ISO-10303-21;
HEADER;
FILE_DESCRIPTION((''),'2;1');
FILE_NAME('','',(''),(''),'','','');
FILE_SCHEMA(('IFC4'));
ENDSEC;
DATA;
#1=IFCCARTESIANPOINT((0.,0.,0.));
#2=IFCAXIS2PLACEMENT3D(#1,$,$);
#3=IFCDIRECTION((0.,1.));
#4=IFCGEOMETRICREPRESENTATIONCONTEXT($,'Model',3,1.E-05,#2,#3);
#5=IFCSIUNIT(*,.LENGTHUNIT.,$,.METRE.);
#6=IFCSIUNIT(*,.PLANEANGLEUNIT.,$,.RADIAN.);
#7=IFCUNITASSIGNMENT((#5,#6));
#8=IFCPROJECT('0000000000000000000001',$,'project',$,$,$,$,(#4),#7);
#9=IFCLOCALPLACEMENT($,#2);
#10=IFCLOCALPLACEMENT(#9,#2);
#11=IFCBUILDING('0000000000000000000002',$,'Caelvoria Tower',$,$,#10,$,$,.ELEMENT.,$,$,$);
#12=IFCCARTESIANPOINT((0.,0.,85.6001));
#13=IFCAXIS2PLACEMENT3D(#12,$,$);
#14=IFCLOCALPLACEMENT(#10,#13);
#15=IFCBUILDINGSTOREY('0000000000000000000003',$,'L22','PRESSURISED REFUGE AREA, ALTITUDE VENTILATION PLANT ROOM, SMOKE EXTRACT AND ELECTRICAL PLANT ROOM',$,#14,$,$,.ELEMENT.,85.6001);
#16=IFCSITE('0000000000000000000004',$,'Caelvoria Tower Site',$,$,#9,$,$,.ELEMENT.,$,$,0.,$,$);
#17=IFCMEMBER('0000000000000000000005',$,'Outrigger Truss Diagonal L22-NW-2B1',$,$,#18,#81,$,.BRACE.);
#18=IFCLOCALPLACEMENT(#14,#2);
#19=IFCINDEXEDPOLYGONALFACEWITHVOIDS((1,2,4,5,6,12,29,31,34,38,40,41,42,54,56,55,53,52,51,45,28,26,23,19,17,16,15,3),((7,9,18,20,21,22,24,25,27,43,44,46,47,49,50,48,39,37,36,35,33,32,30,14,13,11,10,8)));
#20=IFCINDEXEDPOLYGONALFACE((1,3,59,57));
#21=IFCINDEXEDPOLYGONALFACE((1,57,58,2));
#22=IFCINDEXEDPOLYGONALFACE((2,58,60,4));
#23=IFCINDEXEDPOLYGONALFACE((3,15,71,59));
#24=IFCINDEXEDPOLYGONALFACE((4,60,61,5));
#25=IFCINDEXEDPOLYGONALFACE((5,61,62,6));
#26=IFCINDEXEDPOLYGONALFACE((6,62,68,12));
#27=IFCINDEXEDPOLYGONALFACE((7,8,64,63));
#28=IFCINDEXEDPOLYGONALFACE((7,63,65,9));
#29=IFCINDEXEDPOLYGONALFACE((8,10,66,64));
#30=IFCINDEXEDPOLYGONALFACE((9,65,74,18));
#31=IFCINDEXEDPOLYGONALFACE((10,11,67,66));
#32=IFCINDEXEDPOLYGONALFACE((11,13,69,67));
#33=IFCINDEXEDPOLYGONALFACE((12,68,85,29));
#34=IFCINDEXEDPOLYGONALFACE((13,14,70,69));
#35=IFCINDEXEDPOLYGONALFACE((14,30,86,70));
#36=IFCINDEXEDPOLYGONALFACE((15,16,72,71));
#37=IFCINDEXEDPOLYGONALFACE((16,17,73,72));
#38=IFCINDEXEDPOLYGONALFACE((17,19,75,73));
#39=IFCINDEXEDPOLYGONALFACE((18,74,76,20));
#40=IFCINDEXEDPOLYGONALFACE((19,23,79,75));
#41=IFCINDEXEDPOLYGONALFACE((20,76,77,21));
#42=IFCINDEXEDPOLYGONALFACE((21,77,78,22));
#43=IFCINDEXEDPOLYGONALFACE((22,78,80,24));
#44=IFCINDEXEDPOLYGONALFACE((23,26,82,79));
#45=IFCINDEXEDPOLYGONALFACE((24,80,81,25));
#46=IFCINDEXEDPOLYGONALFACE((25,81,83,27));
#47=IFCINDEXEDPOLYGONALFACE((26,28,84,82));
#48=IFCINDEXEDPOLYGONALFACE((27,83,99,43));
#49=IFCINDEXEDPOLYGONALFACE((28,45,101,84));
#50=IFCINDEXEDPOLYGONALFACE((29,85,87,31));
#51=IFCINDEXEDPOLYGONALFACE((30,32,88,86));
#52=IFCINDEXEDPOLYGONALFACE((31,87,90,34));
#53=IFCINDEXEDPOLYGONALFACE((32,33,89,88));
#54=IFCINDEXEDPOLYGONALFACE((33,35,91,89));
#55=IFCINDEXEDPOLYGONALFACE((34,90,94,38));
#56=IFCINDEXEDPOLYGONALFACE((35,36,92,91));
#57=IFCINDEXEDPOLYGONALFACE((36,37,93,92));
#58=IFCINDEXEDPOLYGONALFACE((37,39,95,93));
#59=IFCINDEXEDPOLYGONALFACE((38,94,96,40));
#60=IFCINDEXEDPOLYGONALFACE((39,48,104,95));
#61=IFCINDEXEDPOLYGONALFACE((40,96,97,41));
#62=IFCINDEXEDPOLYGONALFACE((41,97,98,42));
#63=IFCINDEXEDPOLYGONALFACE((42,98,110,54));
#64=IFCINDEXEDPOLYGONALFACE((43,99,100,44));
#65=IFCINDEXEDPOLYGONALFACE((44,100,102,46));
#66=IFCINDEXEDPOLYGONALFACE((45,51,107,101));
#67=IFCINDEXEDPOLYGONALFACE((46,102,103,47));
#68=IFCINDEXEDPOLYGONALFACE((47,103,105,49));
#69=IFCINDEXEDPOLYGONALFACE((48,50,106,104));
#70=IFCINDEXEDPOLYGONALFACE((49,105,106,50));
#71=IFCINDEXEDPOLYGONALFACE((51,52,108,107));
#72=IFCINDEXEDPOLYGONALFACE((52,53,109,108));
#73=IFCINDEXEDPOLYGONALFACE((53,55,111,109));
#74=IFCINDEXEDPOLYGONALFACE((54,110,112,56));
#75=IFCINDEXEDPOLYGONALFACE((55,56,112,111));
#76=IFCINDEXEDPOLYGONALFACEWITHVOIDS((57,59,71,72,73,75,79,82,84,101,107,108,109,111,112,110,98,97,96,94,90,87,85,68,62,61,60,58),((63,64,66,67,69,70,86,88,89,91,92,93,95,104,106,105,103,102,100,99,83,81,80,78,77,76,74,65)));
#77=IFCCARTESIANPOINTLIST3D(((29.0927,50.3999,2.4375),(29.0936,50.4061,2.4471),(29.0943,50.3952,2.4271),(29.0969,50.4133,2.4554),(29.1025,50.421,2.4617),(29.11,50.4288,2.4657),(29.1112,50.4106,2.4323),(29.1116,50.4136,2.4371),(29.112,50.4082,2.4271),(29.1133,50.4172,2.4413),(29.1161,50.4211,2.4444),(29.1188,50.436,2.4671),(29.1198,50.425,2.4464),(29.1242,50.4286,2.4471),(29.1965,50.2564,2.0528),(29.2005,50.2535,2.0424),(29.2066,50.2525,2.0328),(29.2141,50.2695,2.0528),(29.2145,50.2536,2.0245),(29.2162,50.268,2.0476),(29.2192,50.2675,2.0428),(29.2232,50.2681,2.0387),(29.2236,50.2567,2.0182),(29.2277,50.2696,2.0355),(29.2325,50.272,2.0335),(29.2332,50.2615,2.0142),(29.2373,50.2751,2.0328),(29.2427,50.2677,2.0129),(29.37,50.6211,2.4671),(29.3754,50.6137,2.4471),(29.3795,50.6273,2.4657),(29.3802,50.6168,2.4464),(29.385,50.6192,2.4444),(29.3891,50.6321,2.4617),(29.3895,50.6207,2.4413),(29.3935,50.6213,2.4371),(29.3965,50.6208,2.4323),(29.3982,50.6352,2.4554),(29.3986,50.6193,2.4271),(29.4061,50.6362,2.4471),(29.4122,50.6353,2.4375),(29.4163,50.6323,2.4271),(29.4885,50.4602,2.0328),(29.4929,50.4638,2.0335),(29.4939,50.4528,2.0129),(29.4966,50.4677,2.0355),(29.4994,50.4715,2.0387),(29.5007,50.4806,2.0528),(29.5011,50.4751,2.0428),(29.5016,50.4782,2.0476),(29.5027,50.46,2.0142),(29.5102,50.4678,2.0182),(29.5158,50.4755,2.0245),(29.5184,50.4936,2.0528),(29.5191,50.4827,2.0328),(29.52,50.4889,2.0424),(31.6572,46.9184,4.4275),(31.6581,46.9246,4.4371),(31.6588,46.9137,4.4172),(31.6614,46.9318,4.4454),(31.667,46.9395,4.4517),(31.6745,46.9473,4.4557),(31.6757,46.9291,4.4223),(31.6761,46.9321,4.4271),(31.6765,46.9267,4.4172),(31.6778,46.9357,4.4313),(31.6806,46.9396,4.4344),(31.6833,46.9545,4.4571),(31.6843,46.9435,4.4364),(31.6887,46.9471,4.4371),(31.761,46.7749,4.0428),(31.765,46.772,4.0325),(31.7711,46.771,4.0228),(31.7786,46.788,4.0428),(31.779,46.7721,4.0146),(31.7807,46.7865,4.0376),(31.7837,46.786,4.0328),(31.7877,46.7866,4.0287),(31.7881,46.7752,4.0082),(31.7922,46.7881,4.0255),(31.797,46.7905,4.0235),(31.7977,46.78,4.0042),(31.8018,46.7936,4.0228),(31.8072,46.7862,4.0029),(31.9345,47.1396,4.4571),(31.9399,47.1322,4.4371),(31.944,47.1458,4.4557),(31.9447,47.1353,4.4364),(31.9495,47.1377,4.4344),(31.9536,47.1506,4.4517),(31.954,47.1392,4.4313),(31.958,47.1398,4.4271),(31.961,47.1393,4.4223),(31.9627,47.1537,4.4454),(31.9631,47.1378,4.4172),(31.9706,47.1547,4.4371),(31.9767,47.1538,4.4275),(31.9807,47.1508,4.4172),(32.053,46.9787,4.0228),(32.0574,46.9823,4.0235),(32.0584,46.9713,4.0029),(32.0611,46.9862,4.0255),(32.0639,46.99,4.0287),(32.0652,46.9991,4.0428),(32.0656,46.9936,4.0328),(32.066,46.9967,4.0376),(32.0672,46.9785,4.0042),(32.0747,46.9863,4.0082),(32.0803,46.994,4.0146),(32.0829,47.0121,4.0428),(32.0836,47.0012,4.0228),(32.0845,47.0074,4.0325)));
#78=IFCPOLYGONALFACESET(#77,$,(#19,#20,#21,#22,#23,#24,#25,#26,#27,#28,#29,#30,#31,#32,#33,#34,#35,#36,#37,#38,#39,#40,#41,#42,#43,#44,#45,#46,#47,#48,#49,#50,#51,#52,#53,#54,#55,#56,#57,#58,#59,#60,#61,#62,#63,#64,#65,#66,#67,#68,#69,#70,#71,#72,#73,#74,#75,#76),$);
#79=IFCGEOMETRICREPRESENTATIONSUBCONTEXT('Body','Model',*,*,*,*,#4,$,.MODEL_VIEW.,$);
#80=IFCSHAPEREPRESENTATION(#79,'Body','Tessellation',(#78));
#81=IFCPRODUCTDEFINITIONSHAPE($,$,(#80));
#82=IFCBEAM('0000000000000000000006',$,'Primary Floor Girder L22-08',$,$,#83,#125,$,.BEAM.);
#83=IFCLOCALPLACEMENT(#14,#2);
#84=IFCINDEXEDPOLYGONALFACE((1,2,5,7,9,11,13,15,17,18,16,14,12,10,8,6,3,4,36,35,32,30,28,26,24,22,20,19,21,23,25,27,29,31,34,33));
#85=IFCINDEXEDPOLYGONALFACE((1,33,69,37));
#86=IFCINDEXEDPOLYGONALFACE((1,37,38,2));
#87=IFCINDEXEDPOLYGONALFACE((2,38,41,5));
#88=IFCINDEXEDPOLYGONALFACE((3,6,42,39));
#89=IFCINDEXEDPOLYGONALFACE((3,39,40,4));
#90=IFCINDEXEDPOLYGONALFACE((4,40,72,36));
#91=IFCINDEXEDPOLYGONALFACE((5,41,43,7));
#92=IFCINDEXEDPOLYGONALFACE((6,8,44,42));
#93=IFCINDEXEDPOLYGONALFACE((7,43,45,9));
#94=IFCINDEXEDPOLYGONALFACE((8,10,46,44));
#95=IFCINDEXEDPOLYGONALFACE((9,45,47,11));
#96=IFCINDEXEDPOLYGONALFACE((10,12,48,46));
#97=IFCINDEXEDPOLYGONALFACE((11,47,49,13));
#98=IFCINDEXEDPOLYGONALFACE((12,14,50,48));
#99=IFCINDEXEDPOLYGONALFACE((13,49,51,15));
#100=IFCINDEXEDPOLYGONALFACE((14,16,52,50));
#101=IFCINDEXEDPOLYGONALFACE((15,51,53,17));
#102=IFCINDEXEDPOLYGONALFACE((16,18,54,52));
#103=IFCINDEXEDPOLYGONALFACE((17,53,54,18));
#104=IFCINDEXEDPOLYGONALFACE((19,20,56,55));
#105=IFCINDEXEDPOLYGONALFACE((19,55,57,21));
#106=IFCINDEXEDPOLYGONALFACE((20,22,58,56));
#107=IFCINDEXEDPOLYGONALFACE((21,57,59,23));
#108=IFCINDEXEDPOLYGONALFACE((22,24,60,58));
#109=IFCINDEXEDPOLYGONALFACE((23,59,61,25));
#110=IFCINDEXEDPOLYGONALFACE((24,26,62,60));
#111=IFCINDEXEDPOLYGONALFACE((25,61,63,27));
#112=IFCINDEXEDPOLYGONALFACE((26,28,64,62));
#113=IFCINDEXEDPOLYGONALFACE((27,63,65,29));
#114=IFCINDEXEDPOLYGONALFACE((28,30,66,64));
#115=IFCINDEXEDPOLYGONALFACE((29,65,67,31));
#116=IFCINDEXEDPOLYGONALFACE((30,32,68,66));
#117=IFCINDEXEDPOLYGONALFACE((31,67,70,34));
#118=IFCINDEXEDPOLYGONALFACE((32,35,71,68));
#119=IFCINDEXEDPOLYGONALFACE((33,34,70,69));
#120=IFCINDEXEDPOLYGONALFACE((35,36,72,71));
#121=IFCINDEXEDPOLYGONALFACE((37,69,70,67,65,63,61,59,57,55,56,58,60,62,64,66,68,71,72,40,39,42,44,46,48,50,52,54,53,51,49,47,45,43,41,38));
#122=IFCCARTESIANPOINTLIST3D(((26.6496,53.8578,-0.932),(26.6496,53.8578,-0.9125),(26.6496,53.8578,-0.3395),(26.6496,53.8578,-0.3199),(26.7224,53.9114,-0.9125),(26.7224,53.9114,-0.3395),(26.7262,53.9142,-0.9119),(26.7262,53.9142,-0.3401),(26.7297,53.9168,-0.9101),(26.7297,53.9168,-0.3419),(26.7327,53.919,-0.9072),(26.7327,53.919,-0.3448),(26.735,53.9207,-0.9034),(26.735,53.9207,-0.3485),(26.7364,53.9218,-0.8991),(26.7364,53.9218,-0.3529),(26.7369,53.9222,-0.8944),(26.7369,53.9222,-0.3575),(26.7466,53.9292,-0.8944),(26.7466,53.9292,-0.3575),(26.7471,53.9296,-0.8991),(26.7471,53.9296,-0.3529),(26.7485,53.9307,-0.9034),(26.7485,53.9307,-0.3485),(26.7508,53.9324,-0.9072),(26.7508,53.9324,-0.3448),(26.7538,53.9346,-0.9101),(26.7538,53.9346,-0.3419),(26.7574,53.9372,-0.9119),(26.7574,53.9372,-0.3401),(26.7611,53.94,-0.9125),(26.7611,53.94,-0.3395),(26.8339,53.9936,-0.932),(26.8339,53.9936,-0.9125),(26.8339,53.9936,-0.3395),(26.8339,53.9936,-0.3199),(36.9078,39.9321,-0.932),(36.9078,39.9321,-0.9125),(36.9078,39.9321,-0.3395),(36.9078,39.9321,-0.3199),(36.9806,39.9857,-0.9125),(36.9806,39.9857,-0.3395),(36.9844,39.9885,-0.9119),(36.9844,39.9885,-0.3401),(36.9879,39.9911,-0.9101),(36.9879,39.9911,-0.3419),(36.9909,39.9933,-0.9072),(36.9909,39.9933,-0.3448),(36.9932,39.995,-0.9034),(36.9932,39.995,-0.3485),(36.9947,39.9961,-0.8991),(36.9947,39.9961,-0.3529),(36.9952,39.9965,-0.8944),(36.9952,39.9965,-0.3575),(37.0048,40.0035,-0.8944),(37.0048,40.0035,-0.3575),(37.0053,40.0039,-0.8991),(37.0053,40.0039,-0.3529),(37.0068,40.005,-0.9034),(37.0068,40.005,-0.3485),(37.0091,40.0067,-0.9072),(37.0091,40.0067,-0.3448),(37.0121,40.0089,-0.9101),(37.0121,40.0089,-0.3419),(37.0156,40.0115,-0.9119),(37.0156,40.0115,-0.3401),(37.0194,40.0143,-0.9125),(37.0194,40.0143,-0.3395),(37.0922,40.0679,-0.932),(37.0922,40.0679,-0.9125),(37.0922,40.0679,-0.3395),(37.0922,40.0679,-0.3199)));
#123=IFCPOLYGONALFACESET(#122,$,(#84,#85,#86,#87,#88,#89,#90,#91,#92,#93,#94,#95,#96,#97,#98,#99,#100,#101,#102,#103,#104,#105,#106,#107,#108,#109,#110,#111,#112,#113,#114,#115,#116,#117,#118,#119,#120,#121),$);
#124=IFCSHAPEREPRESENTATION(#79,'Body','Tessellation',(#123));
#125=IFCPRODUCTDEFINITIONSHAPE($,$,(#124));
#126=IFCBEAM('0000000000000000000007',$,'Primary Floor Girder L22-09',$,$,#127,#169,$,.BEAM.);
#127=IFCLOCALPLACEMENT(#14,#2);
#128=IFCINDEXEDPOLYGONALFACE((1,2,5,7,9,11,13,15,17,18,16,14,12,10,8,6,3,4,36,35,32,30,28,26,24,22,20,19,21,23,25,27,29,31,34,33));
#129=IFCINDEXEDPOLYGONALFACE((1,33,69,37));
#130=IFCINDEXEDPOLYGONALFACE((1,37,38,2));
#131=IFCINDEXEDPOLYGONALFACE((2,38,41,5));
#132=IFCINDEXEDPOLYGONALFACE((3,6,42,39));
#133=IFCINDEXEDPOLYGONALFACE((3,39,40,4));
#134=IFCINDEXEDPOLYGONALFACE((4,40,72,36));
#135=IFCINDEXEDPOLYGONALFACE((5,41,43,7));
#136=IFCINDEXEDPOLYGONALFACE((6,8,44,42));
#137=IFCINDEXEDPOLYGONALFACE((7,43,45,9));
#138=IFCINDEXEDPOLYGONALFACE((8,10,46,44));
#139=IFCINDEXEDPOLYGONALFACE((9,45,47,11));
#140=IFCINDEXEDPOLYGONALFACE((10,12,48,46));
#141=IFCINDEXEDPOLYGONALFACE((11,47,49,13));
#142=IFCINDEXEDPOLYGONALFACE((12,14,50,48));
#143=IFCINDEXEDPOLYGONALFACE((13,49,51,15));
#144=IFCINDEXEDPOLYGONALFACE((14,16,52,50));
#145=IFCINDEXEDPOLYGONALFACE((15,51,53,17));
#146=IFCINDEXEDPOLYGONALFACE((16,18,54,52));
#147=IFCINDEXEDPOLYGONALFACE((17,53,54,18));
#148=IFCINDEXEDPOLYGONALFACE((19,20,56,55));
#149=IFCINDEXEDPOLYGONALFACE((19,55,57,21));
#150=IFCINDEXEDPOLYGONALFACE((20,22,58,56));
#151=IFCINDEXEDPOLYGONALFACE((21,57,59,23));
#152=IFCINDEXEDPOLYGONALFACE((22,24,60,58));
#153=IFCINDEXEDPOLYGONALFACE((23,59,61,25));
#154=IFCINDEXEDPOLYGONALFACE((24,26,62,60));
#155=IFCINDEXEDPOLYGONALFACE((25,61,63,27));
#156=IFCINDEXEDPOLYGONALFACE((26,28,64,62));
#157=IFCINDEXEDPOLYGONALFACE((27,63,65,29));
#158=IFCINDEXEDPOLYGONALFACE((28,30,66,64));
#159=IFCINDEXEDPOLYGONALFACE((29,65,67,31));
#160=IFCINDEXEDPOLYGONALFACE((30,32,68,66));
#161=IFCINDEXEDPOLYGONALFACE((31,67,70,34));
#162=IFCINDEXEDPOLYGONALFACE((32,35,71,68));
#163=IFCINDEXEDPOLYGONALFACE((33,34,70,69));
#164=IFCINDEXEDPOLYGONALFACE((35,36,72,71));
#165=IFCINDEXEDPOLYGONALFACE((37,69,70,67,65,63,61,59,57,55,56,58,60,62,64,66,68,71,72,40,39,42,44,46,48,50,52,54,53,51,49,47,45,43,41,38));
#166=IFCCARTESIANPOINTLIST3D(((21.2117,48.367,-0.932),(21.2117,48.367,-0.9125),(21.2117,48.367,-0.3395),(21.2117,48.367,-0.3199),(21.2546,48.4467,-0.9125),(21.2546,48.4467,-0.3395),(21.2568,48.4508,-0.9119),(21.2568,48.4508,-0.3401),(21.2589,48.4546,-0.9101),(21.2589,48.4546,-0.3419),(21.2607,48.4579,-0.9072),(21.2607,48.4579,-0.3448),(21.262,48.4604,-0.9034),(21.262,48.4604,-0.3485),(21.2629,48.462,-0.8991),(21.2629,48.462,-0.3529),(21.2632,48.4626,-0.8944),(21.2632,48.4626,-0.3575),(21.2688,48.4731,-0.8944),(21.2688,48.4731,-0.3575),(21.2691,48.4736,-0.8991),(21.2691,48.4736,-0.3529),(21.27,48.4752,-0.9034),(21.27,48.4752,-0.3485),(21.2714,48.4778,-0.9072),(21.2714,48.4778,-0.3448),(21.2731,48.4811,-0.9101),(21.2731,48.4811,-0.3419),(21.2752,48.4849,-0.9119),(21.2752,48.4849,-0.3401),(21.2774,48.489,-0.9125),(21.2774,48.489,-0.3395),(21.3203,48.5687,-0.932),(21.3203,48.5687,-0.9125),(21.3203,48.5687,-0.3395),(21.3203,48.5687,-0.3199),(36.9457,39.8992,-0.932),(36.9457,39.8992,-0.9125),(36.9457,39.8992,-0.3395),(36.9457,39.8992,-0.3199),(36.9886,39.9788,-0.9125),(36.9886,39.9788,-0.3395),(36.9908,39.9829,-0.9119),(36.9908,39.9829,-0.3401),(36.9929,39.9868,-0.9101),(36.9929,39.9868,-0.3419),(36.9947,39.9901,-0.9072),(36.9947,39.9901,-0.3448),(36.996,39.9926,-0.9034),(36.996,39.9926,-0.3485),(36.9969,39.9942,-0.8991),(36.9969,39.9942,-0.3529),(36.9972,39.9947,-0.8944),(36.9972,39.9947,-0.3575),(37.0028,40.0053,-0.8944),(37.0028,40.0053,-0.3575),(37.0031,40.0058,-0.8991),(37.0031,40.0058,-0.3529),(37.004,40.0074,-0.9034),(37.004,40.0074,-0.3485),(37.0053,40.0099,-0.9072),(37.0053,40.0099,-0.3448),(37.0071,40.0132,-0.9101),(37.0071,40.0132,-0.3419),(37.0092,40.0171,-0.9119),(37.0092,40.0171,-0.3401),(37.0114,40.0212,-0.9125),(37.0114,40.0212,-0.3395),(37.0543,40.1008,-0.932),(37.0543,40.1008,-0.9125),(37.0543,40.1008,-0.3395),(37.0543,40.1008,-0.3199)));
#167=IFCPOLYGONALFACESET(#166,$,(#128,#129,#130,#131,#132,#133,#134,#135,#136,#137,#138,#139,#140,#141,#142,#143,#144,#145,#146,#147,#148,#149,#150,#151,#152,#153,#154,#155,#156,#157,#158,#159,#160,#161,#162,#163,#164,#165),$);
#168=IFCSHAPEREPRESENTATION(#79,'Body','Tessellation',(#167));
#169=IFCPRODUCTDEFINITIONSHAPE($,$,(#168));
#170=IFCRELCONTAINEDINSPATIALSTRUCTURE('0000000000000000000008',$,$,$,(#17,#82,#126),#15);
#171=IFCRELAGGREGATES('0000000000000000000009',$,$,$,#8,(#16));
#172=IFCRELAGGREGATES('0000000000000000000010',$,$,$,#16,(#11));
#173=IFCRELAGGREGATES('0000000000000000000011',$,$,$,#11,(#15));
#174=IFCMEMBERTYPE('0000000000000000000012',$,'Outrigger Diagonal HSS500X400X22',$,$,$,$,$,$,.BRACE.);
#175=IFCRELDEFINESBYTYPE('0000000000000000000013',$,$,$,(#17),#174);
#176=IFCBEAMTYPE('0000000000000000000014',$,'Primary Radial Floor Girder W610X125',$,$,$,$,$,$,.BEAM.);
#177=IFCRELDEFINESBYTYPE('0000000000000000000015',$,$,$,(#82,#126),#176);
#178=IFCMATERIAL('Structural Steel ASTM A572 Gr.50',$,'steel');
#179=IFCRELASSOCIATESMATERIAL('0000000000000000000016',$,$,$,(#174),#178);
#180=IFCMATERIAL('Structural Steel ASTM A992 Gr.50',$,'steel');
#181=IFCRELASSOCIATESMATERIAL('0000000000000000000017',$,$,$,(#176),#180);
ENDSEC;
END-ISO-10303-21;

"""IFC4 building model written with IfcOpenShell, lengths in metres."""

from ifc_helpers import new_model, si_unit, direction, frame, origin, origin_2d, place, context, subcontext, project, spatial, hollow_rectangle, i_section, extrude, material, material_profile, profile_set, type_object, element, save


model = new_model("IFC4")

# Units and contexts
model_context = context("Model", 3, precision=1e-05, world=origin(), true_north=direction((0.0, 1.0)))
body_context = subcontext(model_context, "Body", "Model", "MODEL_VIEW")
ifc_project = project(units=[si_unit("LENGTHUNIT", "METRE"), si_unit("PLANEANGLEUNIT", "RADIAN")], contexts=[model_context])

# Site, building, storey
site_placement = place(None, origin())
site = spatial("IfcSite", under=ifc_project, at=site_placement, Name="Caelvoria Tower Site", CompositionType="ELEMENT", RefElevation=0.0)
building_placement = place(site_placement, origin())
building = spatial("IfcBuilding", under=site, at=building_placement, Name="Caelvoria Tower", CompositionType="ELEMENT")
storey_placement = place(building_placement, frame((0.0, 0.0, 85.6001)))
storey = spatial("IfcBuildingStorey", under=building, at=storey_placement, Name="L22", Description="PRESSURISED REFUGE AREA, ALTITUDE VENTILATION PLANT ROOM, SMOKE EXTRACT AND ELECTRICAL PLANT ROOM", CompositionType="ELEMENT", Elevation=85.6001)

# Shared definitions
ifc_material_1 = material(Name="Structural Steel ASTM A572 Gr.50", Category="steel")

# Shared definitions
ifc_material_2 = material(Name="Structural Steel ASTM A992 Gr.50", Category="steel")

# Member
ifc_material_profile_1 = material_profile(ifc_material_1, hollow_rectangle(XDim=0.3999, YDim=0.5, WallThickness=0.022, InnerFilletRadius=0.022, OuterFilletRadius=0.0439, at=origin_2d()), Name="Structural Steel ASTM A572 Gr.50")
ifc_profile_set_1 = profile_set([ifc_material_profile_1], Name="HSS500X400X22 - Structural Steel ASTM A572 Gr.50")
member_type_1 = type_object("IfcMemberType", Name="Outrigger Diagonal HSS500X400X22", PredefinedType="BRACE", material=ifc_profile_set_1)
member_1_placement = place(storey_placement, frame((31.8708, 46.9629, 4.23), z_axis=(-0.538758, 0.731407, -0.418071), x_axis=(-0.805147, -0.593076, 0.0)))
element("IfcMember", 1, at=member_1_placement, inside=storey, type_object=member_type_1, Name="Outrigger Truss Diagonal L22-NW-2B1", PredefinedType="BRACE", context=body_context, shape_type="SweptSolid", body=[
    extrude(hollow_rectangle(XDim=0.3999, YDim=0.5, WallThickness=0.022, InnerFilletRadius=0.022, OuterFilletRadius=0.0439, at=origin_2d()), origin(), (0.0, 0.0, 1.0), 4.76),
])

# Beams
ifc_material_profile_2 = material_profile(ifc_material_2, i_section(OverallWidth=0.229, OverallDepth=0.6121, WebThickness=0.012, FlangeThickness=0.0195, FilletRadius=0.0181, at=origin_2d()), Name="Structural Steel ASTM A992 Gr.50")
ifc_profile_set_2 = profile_set([ifc_material_profile_2], Name="W610X125 - Structural Steel ASTM A992 Gr.50")
beam_type_1 = type_object("IfcBeamType", Name="Primary Radial Floor Girder W610X125", PredefinedType="BEAM", material=ifc_profile_set_2)
beam_1_placement = place(storey_placement, frame((37.0, 40.0, -0.626), z_axis=(-0.593094, 0.805133, 0.0), x_axis=(-0.805133, -0.593094, 0.0)))
element("IfcBeam", 2, at=beam_1_placement, inside=storey, type_object=beam_type_1, Name="Primary Floor Girder L22-08", PredefinedType="BEAM", context=body_context, shape_type="SweptSolid", body=[
    extrude(i_section(OverallWidth=0.229, OverallDepth=0.6121, WebThickness=0.012, FlangeThickness=0.0195, FilletRadius=0.0181, at=origin_2d()), origin(), (0.0, 0.0, 1.0), 17.2961),
])
beam_2_placement = place(storey_placement, frame((37.0, 40.0, -0.626), z_axis=(-0.880572, 0.473912, 0.0), x_axis=(-0.473912, -0.880572, 0.0)))
element("IfcBeam", 3, at=beam_2_placement, inside=storey, type_object=beam_type_1, Name="Primary Floor Girder L22-09", PredefinedType="BEAM", context=body_context, shape_type="SweptSolid", body=[
    extrude(i_section(OverallWidth=0.229, OverallDepth=0.6121, WebThickness=0.012, FlangeThickness=0.0195, FilletRadius=0.0181, at=origin_2d()), origin(), (0.0, 0.0, 1.0), 17.8679),
])

save(model, "model.ifc")
